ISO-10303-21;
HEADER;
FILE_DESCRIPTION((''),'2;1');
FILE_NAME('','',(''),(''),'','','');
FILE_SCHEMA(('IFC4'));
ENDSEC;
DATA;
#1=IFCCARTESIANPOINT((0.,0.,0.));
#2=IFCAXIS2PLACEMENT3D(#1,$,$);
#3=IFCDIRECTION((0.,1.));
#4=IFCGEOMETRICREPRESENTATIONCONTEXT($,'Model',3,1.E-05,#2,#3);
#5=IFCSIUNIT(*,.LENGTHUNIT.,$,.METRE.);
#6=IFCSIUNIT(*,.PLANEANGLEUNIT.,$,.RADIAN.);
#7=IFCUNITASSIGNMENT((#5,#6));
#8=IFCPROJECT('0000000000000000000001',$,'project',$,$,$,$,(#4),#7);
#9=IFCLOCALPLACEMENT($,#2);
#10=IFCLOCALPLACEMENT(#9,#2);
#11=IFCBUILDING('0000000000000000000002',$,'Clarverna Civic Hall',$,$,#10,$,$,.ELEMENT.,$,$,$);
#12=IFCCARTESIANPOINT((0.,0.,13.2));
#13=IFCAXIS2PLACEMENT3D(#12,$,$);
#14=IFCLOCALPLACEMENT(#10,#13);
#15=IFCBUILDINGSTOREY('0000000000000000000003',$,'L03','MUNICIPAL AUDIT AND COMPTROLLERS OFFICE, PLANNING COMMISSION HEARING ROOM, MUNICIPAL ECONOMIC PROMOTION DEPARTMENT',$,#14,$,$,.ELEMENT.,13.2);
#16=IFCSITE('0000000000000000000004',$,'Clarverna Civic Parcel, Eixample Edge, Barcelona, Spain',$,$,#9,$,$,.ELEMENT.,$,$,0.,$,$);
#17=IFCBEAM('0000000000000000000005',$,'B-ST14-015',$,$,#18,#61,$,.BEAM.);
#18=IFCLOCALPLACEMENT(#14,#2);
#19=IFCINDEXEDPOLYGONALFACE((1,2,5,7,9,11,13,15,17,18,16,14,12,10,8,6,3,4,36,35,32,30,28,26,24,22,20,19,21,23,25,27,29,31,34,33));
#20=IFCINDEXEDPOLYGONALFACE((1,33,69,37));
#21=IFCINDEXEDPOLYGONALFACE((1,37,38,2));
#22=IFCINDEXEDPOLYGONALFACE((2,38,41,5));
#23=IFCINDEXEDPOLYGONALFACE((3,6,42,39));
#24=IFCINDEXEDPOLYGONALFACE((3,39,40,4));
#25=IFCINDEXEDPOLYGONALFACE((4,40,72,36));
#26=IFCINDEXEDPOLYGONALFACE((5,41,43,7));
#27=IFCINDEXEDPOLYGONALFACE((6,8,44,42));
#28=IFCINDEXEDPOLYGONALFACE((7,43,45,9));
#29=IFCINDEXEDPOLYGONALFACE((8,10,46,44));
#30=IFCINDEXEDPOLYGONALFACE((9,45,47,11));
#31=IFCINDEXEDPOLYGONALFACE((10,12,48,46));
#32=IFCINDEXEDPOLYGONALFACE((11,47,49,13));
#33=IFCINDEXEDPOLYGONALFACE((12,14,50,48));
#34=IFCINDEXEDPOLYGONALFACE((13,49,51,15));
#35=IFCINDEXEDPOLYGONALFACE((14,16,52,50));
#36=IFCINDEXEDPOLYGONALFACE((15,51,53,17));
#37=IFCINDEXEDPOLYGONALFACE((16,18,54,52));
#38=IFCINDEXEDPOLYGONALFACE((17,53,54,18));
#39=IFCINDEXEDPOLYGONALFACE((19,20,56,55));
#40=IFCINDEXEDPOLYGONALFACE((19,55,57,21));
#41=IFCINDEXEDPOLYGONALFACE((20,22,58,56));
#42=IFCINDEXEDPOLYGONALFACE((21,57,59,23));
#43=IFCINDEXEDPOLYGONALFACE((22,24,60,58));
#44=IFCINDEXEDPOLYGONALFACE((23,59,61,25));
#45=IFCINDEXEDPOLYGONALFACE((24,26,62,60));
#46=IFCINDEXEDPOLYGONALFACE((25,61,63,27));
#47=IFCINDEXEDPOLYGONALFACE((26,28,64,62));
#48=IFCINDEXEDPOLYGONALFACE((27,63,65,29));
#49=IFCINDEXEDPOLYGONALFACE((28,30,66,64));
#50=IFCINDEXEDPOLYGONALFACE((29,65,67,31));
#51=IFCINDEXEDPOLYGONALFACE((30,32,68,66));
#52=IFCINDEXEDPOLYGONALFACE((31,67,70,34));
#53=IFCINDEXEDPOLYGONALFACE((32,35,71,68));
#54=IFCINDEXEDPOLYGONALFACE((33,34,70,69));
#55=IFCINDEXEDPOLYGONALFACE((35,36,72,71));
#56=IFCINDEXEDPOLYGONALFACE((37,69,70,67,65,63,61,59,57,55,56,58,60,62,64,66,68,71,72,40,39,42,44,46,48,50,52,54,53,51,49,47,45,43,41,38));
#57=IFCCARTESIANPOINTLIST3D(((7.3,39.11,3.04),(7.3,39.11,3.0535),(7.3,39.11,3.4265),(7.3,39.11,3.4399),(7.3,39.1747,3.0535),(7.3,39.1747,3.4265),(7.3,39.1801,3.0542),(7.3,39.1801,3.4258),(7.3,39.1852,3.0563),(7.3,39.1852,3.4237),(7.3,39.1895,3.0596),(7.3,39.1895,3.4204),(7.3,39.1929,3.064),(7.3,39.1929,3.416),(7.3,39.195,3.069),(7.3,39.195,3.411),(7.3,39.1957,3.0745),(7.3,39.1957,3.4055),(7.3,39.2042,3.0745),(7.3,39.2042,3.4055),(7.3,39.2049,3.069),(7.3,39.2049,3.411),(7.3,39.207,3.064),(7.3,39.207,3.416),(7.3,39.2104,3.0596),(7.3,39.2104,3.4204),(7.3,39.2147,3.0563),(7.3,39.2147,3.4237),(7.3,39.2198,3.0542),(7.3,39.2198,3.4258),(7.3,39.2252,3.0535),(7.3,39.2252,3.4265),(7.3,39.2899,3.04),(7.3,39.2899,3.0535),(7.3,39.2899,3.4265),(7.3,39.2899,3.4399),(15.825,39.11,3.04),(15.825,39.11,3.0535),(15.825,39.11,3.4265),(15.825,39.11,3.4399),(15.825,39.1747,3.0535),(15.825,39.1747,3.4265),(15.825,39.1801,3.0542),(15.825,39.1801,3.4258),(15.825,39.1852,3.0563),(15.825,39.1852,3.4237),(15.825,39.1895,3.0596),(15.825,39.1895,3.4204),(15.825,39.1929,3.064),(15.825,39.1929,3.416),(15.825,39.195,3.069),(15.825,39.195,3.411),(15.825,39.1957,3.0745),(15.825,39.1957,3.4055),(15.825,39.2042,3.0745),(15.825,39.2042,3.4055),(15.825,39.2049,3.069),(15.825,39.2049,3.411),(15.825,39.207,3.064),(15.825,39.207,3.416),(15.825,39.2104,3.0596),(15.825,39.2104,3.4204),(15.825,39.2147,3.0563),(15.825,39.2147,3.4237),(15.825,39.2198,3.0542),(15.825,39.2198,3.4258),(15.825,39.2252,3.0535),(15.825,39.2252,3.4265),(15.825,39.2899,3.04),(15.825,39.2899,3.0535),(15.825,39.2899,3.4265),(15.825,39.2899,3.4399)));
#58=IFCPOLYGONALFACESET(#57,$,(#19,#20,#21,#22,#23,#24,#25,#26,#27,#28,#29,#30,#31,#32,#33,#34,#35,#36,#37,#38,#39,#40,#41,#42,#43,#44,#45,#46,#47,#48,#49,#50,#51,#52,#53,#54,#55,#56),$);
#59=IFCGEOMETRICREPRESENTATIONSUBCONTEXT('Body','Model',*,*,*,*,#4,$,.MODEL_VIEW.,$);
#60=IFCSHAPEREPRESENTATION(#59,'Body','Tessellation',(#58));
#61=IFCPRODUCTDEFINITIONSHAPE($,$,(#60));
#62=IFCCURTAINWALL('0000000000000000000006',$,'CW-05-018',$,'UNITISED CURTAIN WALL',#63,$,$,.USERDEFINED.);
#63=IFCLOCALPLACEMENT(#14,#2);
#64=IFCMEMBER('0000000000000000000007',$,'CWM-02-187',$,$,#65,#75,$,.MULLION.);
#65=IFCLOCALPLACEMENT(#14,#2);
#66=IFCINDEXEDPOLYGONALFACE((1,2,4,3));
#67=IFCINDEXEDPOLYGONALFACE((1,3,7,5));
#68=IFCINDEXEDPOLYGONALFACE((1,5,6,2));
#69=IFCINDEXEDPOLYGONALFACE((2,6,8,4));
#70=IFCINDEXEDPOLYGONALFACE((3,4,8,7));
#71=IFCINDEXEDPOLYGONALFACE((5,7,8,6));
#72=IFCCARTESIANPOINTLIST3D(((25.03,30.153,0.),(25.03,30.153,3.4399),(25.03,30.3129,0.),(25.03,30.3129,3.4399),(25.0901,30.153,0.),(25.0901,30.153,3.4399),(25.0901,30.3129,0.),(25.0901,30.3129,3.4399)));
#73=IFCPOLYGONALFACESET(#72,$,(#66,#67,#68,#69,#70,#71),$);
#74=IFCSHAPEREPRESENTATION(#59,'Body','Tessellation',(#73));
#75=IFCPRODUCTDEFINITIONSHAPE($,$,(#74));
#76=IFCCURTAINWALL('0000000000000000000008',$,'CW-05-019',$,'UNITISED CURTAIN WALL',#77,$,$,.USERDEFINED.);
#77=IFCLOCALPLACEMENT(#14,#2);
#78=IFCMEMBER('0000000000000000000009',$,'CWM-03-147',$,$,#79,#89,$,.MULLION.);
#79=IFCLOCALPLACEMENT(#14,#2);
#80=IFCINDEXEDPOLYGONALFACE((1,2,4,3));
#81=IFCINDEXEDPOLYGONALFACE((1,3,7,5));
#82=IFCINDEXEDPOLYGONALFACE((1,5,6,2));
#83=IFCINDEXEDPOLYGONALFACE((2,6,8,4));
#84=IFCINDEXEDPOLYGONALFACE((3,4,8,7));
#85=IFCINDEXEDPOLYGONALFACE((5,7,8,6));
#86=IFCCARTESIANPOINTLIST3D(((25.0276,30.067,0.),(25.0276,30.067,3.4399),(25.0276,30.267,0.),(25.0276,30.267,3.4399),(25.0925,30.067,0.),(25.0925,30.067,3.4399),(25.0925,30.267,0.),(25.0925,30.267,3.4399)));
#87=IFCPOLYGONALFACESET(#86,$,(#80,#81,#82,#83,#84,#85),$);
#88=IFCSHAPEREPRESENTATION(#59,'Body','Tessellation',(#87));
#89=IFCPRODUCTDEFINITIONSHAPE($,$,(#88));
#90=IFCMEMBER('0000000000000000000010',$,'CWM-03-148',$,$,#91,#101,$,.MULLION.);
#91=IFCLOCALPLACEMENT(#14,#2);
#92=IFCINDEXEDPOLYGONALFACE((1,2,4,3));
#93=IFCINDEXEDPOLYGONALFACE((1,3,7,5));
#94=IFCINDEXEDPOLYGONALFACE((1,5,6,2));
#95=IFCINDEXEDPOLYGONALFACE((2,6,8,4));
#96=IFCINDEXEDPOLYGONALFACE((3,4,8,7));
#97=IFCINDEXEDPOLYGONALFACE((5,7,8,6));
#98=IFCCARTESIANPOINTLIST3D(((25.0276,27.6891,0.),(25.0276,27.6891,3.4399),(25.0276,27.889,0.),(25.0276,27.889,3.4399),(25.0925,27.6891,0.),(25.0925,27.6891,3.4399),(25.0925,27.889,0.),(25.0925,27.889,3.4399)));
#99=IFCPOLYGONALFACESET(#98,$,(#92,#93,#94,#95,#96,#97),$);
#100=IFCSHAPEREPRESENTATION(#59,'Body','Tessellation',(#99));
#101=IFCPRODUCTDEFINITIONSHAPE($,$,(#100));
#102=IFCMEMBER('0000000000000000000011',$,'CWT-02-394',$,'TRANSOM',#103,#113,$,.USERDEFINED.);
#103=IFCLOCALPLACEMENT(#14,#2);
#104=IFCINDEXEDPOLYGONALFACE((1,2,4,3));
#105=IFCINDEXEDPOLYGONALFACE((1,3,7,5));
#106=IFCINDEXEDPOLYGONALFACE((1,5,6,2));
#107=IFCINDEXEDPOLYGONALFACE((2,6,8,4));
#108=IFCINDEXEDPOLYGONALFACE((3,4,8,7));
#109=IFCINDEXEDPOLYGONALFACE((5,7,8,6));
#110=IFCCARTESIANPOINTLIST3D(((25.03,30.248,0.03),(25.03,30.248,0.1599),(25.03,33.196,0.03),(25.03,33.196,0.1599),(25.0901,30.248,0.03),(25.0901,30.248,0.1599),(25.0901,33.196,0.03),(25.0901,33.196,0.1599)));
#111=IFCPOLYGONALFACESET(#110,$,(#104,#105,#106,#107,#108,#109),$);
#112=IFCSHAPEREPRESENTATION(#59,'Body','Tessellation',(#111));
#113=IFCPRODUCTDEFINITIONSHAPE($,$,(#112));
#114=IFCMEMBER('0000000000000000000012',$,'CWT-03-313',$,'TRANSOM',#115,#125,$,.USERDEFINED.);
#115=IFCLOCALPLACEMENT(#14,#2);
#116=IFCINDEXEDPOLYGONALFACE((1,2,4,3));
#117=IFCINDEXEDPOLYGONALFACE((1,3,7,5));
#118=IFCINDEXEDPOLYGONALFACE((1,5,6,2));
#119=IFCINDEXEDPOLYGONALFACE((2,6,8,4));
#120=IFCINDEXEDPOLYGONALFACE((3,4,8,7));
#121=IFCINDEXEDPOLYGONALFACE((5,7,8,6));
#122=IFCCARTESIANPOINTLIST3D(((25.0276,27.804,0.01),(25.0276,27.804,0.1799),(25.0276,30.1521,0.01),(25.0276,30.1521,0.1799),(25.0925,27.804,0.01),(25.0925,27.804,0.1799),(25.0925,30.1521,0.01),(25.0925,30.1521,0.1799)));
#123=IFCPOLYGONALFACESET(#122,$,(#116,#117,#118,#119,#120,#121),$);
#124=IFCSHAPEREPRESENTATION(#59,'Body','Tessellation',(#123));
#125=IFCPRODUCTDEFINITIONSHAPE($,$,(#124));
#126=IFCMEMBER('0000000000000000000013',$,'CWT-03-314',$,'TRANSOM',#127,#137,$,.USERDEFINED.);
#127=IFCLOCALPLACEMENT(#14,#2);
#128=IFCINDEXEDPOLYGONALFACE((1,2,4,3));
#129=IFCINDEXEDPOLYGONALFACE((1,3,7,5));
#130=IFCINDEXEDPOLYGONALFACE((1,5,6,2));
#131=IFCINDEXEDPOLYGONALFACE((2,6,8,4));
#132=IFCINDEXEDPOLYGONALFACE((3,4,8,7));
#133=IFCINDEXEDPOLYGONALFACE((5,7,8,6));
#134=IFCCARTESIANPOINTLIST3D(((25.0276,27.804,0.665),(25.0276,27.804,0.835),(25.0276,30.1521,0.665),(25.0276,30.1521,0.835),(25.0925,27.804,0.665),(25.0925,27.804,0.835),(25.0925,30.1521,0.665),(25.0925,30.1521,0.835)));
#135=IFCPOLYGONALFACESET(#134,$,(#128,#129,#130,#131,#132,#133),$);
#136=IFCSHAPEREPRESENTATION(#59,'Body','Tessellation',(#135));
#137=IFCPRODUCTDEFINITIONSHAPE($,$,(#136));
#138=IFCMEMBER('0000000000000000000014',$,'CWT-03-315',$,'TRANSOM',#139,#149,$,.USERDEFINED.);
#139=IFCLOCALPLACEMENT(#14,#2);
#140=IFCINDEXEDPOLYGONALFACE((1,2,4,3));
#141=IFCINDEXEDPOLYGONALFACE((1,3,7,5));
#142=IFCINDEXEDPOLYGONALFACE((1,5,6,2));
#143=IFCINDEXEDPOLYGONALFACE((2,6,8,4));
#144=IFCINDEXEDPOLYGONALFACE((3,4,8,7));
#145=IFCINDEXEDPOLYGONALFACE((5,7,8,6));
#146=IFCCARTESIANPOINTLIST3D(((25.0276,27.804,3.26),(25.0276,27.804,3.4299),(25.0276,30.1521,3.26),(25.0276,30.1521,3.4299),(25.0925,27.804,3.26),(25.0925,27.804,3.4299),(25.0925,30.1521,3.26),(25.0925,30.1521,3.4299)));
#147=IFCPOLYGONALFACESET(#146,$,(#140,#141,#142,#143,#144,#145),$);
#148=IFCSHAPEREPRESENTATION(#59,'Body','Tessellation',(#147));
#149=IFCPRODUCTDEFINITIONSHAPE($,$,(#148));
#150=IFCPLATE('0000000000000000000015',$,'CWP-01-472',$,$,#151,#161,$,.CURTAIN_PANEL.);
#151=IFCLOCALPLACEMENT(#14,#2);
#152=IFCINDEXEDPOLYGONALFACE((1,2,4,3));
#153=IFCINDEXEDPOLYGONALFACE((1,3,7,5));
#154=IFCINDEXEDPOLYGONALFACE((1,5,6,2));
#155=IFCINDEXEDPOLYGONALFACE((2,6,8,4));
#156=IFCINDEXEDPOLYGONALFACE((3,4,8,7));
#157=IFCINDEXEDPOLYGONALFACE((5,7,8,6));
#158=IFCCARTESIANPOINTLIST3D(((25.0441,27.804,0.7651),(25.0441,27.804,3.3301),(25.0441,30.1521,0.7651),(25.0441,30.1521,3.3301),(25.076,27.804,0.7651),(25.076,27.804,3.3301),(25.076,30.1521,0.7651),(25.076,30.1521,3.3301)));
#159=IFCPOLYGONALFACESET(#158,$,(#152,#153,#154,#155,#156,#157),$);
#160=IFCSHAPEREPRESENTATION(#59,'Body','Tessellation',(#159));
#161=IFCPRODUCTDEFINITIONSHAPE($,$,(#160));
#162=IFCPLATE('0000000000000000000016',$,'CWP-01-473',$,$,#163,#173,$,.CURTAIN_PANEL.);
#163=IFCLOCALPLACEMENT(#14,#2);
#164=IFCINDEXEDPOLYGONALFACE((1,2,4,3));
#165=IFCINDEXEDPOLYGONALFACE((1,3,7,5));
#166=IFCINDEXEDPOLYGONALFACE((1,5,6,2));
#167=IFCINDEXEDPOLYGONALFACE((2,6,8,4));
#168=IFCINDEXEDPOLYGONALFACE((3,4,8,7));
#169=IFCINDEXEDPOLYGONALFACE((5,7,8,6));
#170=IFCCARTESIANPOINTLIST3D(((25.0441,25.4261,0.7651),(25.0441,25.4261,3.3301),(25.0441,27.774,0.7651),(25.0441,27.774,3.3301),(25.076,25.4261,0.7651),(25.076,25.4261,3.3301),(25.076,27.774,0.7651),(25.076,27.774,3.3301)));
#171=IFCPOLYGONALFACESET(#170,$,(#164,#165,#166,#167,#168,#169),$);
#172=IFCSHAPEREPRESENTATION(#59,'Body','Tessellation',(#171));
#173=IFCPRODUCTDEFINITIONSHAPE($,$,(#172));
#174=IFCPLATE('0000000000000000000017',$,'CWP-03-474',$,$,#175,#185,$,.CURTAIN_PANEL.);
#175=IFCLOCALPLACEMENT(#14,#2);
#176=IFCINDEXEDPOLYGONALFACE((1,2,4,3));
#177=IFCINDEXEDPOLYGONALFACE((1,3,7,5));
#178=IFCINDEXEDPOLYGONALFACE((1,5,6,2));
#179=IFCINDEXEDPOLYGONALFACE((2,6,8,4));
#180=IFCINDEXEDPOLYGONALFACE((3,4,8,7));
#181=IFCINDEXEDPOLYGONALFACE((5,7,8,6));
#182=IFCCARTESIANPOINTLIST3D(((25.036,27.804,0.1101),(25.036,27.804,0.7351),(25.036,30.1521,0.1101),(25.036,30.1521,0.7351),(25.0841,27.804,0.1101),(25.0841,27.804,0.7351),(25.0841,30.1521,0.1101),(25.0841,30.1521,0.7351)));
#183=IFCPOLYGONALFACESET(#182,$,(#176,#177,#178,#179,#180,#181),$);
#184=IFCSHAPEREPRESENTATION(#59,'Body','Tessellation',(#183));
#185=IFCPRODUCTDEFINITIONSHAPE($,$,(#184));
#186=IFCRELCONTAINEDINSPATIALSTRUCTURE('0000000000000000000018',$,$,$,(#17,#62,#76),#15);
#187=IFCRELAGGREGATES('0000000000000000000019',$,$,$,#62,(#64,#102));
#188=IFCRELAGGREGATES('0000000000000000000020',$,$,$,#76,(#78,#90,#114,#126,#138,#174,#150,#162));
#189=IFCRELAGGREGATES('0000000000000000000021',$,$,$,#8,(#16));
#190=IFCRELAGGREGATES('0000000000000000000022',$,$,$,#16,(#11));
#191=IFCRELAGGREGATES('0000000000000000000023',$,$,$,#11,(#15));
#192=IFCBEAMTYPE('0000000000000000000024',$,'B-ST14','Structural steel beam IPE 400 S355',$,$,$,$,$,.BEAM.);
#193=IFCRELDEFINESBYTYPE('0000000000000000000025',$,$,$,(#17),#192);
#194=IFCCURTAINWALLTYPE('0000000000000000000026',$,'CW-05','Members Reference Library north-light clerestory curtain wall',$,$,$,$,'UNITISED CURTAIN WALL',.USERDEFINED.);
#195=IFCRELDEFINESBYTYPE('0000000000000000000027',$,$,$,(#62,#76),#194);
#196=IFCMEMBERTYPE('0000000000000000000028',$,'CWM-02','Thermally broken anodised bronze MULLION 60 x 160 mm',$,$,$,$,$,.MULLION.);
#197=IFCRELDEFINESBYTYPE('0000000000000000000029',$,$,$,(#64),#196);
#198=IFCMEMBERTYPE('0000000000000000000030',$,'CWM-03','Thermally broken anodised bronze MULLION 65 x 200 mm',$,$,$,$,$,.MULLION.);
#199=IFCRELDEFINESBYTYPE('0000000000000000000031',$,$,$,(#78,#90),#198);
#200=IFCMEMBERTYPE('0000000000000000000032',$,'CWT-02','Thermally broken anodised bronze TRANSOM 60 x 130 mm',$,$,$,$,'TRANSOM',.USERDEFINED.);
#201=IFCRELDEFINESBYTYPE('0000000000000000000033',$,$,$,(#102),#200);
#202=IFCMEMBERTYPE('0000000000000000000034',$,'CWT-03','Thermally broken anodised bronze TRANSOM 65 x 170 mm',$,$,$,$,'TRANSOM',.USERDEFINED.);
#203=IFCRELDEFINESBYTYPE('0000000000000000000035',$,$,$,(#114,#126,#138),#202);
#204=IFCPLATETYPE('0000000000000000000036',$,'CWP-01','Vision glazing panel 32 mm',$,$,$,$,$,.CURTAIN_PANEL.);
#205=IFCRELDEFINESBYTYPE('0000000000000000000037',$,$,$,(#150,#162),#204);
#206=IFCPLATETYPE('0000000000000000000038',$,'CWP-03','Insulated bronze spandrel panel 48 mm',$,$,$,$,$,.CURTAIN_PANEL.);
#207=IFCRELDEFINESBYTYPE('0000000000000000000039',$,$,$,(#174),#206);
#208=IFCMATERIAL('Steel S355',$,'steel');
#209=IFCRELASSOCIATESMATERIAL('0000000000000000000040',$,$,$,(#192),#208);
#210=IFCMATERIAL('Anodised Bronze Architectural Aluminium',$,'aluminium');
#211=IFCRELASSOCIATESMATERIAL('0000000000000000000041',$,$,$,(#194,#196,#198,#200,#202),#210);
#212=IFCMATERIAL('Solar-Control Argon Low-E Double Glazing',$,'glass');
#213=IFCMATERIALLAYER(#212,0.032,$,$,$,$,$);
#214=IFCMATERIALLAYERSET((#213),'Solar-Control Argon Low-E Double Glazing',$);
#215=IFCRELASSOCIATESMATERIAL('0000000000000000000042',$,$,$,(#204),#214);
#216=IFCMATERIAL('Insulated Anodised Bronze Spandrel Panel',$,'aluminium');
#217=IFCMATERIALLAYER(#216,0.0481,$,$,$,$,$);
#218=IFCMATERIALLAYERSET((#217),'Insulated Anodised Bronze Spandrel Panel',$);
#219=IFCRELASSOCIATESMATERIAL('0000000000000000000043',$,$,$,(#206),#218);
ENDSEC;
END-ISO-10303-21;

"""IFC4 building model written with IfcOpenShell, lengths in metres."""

from ifc_helpers import new_model, si_unit, direction, frame, frame_2d, origin, origin_2d, place, context, subcontext, project, spatial, rectangle, i_section, extrude, material, layer, layer_set, material_profile, profile_set, type_object, element, aggregate, save


model = new_model("IFC4")

# Units and contexts
model_context = context("Model", 3, precision=1e-05, world=origin(), true_north=direction((0.0, 1.0)))
body_context = subcontext(model_context, "Body", "Model", "MODEL_VIEW")
ifc_project = project(units=[si_unit("LENGTHUNIT", "METRE"), si_unit("PLANEANGLEUNIT", "RADIAN")], contexts=[model_context])

# Site, building, storey
site_placement = place(None, origin())
site = spatial("IfcSite", under=ifc_project, at=site_placement, Name="Clarverna Civic Parcel, Eixample Edge, Barcelona, Spain", CompositionType="ELEMENT", RefElevation=0.0)
building_placement = place(site_placement, origin())
building = spatial("IfcBuilding", under=site, at=building_placement, Name="Clarverna Civic Hall", CompositionType="ELEMENT")
storey_placement = place(building_placement, frame((0.0, 0.0, 13.2)))
storey = spatial("IfcBuildingStorey", under=building, at=storey_placement, Name="L03", Description="MUNICIPAL AUDIT AND COMPTROLLERS OFFICE, PLANNING COMMISSION HEARING ROOM, MUNICIPAL ECONOMIC PROMOTION DEPARTMENT", CompositionType="ELEMENT", Elevation=13.2)

# Shared definitions
ifc_material_1 = material(Name="Steel S355", Category="steel")

# Beam
ifc_material_profile_1 = material_profile(ifc_material_1, i_section(OverallWidth=0.1799, OverallDepth=0.3999, WebThickness=0.0085, FlangeThickness=0.0134, FilletRadius=0.021, at=origin_2d()), Name="IPE 400")
ifc_profile_set_1 = profile_set([ifc_material_profile_1], Name="Steel S355")
beam_type_1 = type_object("IfcBeamType", Name="B-ST14", Description="Structural steel beam IPE 400 S355", PredefinedType="BEAM", material=ifc_profile_set_1)
beam_1_placement = place(storey_placement, frame((7.3, 39.2, 3.24), z_axis=(1.0, 0.0, 0.0), x_axis=(0.0, 1.0, 0.0)))
element("IfcBeam", 1, at=beam_1_placement, inside=storey, type_object=beam_type_1, Name="B-ST14-015", PredefinedType="BEAM", context=body_context, shape_type="SweptSolid", body=[
    extrude(i_section(OverallWidth=0.1799, OverallDepth=0.3999, WebThickness=0.0085, FlangeThickness=0.0134, FilletRadius=0.021, at=origin_2d()), origin(), (0.0, 0.0, 1.0), 8.5249),
])

# Curtain wall, member
ifc_material_2 = material(Name="Anodised Bronze Architectural Aluminium", Category="aluminium")
curtain_wall_type = type_object("IfcCurtainWallType", Name="CW-05", Description="Members Reference Library north-light clerestory curtain wall", ElementType="UNITISED CURTAIN WALL", PredefinedType="USERDEFINED", material=ifc_material_2)
curtain_wall_1_placement = place(storey_placement, origin())
curtain_wall_1 = element("IfcCurtainWall", 2, at=curtain_wall_1_placement, inside=storey, type_object=curtain_wall_type, Name="CW-05-018", ObjectType="UNITISED CURTAIN WALL", PredefinedType="USERDEFINED")
ifc_material_profile_2 = material_profile(ifc_material_2, rectangle(XDim=0.0601, YDim=0.1599, at=origin_2d()), Name="BRONZE 60x160")
ifc_profile_set_2 = profile_set([ifc_material_profile_2], Name="Anodised Bronze Architectural Aluminium")
member_type_1 = type_object("IfcMemberType", Name="CWM-02", Description="Thermally broken anodised bronze MULLION 60 x 160 mm", PredefinedType="MULLION", material=ifc_profile_set_2)
member_1_placement = place(storey_placement, frame((25.0601, 30.2329, 0.0), z_axis=(0.0, 0.0, 1.0), x_axis=(1.0, 0.0, 0.0)))
member_1 = element("IfcMember", 3, at=member_1_placement, type_object=member_type_1, Name="CWM-02-187", PredefinedType="MULLION", context=body_context, shape_type="SweptSolid", body=[
    extrude(rectangle(XDim=0.0601, YDim=0.1599, at=origin_2d()), origin(), (0.0, 0.0, 1.0), 3.4399),
])

# Curtain wall, members
curtain_wall_2_placement = place(storey_placement, origin())
curtain_wall_2 = element("IfcCurtainWall", 4, at=curtain_wall_2_placement, inside=storey, type_object=curtain_wall_type, Name="CW-05-019", ObjectType="UNITISED CURTAIN WALL", PredefinedType="USERDEFINED")
ifc_material_profile_3 = material_profile(ifc_material_2, rectangle(XDim=0.0649, YDim=0.2, at=origin_2d()), Name="BRONZE 65x200")
ifc_profile_set_3 = profile_set([ifc_material_profile_3], Name="Anodised Bronze Architectural Aluminium")
member_type_2 = type_object("IfcMemberType", Name="CWM-03", Description="Thermally broken anodised bronze MULLION 65 x 200 mm", PredefinedType="MULLION", material=ifc_profile_set_3)
member_2_placement = place(storey_placement, frame((25.0601, 30.167, 0.0), z_axis=(0.0, 0.0, 1.0), x_axis=(1.0, 0.0, 0.0)))
member_2 = element("IfcMember", 5, at=member_2_placement, type_object=member_type_2, Name="CWM-03-147", PredefinedType="MULLION", context=body_context, shape_type="SweptSolid", body=[
    extrude(rectangle(XDim=0.0649, YDim=0.2, at=origin_2d()), origin(), (0.0, 0.0, 1.0), 3.4399),
])
member_3_placement = place(storey_placement, frame((25.0601, 27.7891, 0.0), z_axis=(0.0, 0.0, 1.0), x_axis=(1.0, 0.0, 0.0)))
member_3 = element("IfcMember", 6, at=member_3_placement, type_object=member_type_2, Name="CWM-03-148", PredefinedType="MULLION", context=body_context, shape_type="SweptSolid", body=[
    extrude(rectangle(XDim=0.0649, YDim=0.2, at=origin_2d()), origin(), (0.0, 0.0, 1.0), 3.4399),
])

# Members
ifc_material_profile_4 = material_profile(ifc_material_2, rectangle(XDim=0.0601, YDim=0.1299, at=origin_2d()), Name="BRONZE 60x130")
ifc_profile_set_4 = profile_set([ifc_material_profile_4], Name="Anodised Bronze Architectural Aluminium")
member_type_3 = type_object("IfcMemberType", Name="CWT-02", Description="Thermally broken anodised bronze TRANSOM 60 x 130 mm", ElementType="TRANSOM", PredefinedType="USERDEFINED", material=ifc_profile_set_4)
member_4_placement = place(storey_placement, frame((25.0601, 33.196, 0.095), z_axis=(0.0, -1.0, 0.0), x_axis=(1.0, 0.0, 0.0)))
member_4 = element("IfcMember", 7, at=member_4_placement, type_object=member_type_3, Name="CWT-02-394", ObjectType="TRANSOM", PredefinedType="USERDEFINED", context=body_context, shape_type="SweptSolid", body=[
    extrude(rectangle(XDim=0.0601, YDim=0.1299, at=origin_2d()), origin(), (0.0, 0.0, 1.0), 2.948),
])
aggregate(curtain_wall_1, [member_1, member_4])
ifc_material_profile_5 = material_profile(ifc_material_2, rectangle(XDim=0.0649, YDim=0.1699, at=origin_2d()), Name="BRONZE 65x170")
ifc_profile_set_5 = profile_set([ifc_material_profile_5], Name="Anodised Bronze Architectural Aluminium")
member_type_4 = type_object("IfcMemberType", Name="CWT-03", Description="Thermally broken anodised bronze TRANSOM 65 x 170 mm", ElementType="TRANSOM", PredefinedType="USERDEFINED", material=ifc_profile_set_5)
member_5_placement = place(storey_placement, frame((25.0601, 30.1521, 0.095), z_axis=(0.0, -1.0, 0.0), x_axis=(1.0, 0.0, 0.0)))
member_5 = element("IfcMember", 8, at=member_5_placement, type_object=member_type_4, Name="CWT-03-313", ObjectType="TRANSOM", PredefinedType="USERDEFINED", context=body_context, shape_type="SweptSolid", body=[
    extrude(rectangle(XDim=0.0649, YDim=0.1699, at=origin_2d()), origin(), (0.0, 0.0, 1.0), 2.3481),
])
member_6_placement = place(storey_placement, frame((25.0601, 30.1521, 0.75), z_axis=(0.0, -1.0, 0.0), x_axis=(1.0, 0.0, 0.0)))
member_6 = element("IfcMember", 9, at=member_6_placement, type_object=member_type_4, Name="CWT-03-314", ObjectType="TRANSOM", PredefinedType="USERDEFINED", context=body_context, shape_type="SweptSolid", body=[
    extrude(rectangle(XDim=0.0649, YDim=0.1699, at=origin_2d()), origin(), (0.0, 0.0, 1.0), 2.3481),
])
member_7_placement = place(storey_placement, frame((25.0601, 30.1521, 3.345), z_axis=(0.0, -1.0, 0.0), x_axis=(1.0, 0.0, 0.0)))
member_7 = element("IfcMember", 10, at=member_7_placement, type_object=member_type_4, Name="CWT-03-315", ObjectType="TRANSOM", PredefinedType="USERDEFINED", context=body_context, shape_type="SweptSolid", body=[
    extrude(rectangle(XDim=0.0649, YDim=0.1699, at=origin_2d()), origin(), (0.0, 0.0, 1.0), 2.3481),
])

# Plates
ifc_material_3 = material(Name="Solar-Control Argon Low-E Double Glazing", Category="glass")
ifc_layer_1 = layer(ifc_material_3, 0.032)
ifc_layer_set_1 = layer_set([ifc_layer_1], Name="Solar-Control Argon Low-E Double Glazing")
plate_type_1 = type_object("IfcPlateType", Name="CWP-01", Description="Vision glazing panel 32 mm", PredefinedType="CURTAIN_PANEL", material=ifc_layer_set_1)
plate_1_placement = place(storey_placement, frame((25.0601, 30.1521, 0.7651), z_axis=(0.0, 0.0, 1.0), x_axis=(0.0, -1.0, 0.0)))
plate_1 = element("IfcPlate", 11, at=plate_1_placement, type_object=plate_type_1, Name="CWP-01-472", PredefinedType="CURTAIN_PANEL", context=body_context, shape_type="SweptSolid", body=[
    extrude(rectangle(XDim=2.3481, YDim=0.032, at=frame_2d((1.1741, 0.0))), origin(), (0.0, 0.0, 1.0), 2.5649),
])
plate_2_placement = place(storey_placement, frame((25.0601, 27.7739, 0.7651), z_axis=(0.0, 0.0, 1.0), x_axis=(0.0, -1.0, 0.0)))
plate_2 = element("IfcPlate", 12, at=plate_2_placement, type_object=plate_type_1, Name="CWP-01-473", PredefinedType="CURTAIN_PANEL", context=body_context, shape_type="SweptSolid", body=[
    extrude(rectangle(XDim=2.3479, YDim=0.032, at=frame_2d((1.1738, 0.0))), origin(), (0.0, 0.0, 1.0), 2.5649),
])
ifc_material_4 = material(Name="Insulated Anodised Bronze Spandrel Panel", Category="aluminium")
ifc_layer_2 = layer(ifc_material_4, 0.0481)
ifc_layer_set_2 = layer_set([ifc_layer_2], Name="Insulated Anodised Bronze Spandrel Panel")
plate_type_2 = type_object("IfcPlateType", Name="CWP-03", Description="Insulated bronze spandrel panel 48 mm", PredefinedType="CURTAIN_PANEL", material=ifc_layer_set_2)
plate_3_placement = place(storey_placement, frame((25.0601, 30.1521, 0.1101), z_axis=(0.0, 0.0, 1.0), x_axis=(0.0, -1.0, 0.0)))
plate_3 = element("IfcPlate", 13, at=plate_3_placement, type_object=plate_type_2, Name="CWP-03-474", PredefinedType="CURTAIN_PANEL", context=body_context, shape_type="SweptSolid", body=[
    extrude(rectangle(XDim=2.3481, YDim=0.0481, at=frame_2d((1.1741, 0.0))), origin(), (0.0, 0.0, 1.0), 0.625),
])
aggregate(curtain_wall_2, [member_2, member_3, member_5, member_6, member_7, plate_3, plate_1, plate_2])

save(model, "model.ifc")
